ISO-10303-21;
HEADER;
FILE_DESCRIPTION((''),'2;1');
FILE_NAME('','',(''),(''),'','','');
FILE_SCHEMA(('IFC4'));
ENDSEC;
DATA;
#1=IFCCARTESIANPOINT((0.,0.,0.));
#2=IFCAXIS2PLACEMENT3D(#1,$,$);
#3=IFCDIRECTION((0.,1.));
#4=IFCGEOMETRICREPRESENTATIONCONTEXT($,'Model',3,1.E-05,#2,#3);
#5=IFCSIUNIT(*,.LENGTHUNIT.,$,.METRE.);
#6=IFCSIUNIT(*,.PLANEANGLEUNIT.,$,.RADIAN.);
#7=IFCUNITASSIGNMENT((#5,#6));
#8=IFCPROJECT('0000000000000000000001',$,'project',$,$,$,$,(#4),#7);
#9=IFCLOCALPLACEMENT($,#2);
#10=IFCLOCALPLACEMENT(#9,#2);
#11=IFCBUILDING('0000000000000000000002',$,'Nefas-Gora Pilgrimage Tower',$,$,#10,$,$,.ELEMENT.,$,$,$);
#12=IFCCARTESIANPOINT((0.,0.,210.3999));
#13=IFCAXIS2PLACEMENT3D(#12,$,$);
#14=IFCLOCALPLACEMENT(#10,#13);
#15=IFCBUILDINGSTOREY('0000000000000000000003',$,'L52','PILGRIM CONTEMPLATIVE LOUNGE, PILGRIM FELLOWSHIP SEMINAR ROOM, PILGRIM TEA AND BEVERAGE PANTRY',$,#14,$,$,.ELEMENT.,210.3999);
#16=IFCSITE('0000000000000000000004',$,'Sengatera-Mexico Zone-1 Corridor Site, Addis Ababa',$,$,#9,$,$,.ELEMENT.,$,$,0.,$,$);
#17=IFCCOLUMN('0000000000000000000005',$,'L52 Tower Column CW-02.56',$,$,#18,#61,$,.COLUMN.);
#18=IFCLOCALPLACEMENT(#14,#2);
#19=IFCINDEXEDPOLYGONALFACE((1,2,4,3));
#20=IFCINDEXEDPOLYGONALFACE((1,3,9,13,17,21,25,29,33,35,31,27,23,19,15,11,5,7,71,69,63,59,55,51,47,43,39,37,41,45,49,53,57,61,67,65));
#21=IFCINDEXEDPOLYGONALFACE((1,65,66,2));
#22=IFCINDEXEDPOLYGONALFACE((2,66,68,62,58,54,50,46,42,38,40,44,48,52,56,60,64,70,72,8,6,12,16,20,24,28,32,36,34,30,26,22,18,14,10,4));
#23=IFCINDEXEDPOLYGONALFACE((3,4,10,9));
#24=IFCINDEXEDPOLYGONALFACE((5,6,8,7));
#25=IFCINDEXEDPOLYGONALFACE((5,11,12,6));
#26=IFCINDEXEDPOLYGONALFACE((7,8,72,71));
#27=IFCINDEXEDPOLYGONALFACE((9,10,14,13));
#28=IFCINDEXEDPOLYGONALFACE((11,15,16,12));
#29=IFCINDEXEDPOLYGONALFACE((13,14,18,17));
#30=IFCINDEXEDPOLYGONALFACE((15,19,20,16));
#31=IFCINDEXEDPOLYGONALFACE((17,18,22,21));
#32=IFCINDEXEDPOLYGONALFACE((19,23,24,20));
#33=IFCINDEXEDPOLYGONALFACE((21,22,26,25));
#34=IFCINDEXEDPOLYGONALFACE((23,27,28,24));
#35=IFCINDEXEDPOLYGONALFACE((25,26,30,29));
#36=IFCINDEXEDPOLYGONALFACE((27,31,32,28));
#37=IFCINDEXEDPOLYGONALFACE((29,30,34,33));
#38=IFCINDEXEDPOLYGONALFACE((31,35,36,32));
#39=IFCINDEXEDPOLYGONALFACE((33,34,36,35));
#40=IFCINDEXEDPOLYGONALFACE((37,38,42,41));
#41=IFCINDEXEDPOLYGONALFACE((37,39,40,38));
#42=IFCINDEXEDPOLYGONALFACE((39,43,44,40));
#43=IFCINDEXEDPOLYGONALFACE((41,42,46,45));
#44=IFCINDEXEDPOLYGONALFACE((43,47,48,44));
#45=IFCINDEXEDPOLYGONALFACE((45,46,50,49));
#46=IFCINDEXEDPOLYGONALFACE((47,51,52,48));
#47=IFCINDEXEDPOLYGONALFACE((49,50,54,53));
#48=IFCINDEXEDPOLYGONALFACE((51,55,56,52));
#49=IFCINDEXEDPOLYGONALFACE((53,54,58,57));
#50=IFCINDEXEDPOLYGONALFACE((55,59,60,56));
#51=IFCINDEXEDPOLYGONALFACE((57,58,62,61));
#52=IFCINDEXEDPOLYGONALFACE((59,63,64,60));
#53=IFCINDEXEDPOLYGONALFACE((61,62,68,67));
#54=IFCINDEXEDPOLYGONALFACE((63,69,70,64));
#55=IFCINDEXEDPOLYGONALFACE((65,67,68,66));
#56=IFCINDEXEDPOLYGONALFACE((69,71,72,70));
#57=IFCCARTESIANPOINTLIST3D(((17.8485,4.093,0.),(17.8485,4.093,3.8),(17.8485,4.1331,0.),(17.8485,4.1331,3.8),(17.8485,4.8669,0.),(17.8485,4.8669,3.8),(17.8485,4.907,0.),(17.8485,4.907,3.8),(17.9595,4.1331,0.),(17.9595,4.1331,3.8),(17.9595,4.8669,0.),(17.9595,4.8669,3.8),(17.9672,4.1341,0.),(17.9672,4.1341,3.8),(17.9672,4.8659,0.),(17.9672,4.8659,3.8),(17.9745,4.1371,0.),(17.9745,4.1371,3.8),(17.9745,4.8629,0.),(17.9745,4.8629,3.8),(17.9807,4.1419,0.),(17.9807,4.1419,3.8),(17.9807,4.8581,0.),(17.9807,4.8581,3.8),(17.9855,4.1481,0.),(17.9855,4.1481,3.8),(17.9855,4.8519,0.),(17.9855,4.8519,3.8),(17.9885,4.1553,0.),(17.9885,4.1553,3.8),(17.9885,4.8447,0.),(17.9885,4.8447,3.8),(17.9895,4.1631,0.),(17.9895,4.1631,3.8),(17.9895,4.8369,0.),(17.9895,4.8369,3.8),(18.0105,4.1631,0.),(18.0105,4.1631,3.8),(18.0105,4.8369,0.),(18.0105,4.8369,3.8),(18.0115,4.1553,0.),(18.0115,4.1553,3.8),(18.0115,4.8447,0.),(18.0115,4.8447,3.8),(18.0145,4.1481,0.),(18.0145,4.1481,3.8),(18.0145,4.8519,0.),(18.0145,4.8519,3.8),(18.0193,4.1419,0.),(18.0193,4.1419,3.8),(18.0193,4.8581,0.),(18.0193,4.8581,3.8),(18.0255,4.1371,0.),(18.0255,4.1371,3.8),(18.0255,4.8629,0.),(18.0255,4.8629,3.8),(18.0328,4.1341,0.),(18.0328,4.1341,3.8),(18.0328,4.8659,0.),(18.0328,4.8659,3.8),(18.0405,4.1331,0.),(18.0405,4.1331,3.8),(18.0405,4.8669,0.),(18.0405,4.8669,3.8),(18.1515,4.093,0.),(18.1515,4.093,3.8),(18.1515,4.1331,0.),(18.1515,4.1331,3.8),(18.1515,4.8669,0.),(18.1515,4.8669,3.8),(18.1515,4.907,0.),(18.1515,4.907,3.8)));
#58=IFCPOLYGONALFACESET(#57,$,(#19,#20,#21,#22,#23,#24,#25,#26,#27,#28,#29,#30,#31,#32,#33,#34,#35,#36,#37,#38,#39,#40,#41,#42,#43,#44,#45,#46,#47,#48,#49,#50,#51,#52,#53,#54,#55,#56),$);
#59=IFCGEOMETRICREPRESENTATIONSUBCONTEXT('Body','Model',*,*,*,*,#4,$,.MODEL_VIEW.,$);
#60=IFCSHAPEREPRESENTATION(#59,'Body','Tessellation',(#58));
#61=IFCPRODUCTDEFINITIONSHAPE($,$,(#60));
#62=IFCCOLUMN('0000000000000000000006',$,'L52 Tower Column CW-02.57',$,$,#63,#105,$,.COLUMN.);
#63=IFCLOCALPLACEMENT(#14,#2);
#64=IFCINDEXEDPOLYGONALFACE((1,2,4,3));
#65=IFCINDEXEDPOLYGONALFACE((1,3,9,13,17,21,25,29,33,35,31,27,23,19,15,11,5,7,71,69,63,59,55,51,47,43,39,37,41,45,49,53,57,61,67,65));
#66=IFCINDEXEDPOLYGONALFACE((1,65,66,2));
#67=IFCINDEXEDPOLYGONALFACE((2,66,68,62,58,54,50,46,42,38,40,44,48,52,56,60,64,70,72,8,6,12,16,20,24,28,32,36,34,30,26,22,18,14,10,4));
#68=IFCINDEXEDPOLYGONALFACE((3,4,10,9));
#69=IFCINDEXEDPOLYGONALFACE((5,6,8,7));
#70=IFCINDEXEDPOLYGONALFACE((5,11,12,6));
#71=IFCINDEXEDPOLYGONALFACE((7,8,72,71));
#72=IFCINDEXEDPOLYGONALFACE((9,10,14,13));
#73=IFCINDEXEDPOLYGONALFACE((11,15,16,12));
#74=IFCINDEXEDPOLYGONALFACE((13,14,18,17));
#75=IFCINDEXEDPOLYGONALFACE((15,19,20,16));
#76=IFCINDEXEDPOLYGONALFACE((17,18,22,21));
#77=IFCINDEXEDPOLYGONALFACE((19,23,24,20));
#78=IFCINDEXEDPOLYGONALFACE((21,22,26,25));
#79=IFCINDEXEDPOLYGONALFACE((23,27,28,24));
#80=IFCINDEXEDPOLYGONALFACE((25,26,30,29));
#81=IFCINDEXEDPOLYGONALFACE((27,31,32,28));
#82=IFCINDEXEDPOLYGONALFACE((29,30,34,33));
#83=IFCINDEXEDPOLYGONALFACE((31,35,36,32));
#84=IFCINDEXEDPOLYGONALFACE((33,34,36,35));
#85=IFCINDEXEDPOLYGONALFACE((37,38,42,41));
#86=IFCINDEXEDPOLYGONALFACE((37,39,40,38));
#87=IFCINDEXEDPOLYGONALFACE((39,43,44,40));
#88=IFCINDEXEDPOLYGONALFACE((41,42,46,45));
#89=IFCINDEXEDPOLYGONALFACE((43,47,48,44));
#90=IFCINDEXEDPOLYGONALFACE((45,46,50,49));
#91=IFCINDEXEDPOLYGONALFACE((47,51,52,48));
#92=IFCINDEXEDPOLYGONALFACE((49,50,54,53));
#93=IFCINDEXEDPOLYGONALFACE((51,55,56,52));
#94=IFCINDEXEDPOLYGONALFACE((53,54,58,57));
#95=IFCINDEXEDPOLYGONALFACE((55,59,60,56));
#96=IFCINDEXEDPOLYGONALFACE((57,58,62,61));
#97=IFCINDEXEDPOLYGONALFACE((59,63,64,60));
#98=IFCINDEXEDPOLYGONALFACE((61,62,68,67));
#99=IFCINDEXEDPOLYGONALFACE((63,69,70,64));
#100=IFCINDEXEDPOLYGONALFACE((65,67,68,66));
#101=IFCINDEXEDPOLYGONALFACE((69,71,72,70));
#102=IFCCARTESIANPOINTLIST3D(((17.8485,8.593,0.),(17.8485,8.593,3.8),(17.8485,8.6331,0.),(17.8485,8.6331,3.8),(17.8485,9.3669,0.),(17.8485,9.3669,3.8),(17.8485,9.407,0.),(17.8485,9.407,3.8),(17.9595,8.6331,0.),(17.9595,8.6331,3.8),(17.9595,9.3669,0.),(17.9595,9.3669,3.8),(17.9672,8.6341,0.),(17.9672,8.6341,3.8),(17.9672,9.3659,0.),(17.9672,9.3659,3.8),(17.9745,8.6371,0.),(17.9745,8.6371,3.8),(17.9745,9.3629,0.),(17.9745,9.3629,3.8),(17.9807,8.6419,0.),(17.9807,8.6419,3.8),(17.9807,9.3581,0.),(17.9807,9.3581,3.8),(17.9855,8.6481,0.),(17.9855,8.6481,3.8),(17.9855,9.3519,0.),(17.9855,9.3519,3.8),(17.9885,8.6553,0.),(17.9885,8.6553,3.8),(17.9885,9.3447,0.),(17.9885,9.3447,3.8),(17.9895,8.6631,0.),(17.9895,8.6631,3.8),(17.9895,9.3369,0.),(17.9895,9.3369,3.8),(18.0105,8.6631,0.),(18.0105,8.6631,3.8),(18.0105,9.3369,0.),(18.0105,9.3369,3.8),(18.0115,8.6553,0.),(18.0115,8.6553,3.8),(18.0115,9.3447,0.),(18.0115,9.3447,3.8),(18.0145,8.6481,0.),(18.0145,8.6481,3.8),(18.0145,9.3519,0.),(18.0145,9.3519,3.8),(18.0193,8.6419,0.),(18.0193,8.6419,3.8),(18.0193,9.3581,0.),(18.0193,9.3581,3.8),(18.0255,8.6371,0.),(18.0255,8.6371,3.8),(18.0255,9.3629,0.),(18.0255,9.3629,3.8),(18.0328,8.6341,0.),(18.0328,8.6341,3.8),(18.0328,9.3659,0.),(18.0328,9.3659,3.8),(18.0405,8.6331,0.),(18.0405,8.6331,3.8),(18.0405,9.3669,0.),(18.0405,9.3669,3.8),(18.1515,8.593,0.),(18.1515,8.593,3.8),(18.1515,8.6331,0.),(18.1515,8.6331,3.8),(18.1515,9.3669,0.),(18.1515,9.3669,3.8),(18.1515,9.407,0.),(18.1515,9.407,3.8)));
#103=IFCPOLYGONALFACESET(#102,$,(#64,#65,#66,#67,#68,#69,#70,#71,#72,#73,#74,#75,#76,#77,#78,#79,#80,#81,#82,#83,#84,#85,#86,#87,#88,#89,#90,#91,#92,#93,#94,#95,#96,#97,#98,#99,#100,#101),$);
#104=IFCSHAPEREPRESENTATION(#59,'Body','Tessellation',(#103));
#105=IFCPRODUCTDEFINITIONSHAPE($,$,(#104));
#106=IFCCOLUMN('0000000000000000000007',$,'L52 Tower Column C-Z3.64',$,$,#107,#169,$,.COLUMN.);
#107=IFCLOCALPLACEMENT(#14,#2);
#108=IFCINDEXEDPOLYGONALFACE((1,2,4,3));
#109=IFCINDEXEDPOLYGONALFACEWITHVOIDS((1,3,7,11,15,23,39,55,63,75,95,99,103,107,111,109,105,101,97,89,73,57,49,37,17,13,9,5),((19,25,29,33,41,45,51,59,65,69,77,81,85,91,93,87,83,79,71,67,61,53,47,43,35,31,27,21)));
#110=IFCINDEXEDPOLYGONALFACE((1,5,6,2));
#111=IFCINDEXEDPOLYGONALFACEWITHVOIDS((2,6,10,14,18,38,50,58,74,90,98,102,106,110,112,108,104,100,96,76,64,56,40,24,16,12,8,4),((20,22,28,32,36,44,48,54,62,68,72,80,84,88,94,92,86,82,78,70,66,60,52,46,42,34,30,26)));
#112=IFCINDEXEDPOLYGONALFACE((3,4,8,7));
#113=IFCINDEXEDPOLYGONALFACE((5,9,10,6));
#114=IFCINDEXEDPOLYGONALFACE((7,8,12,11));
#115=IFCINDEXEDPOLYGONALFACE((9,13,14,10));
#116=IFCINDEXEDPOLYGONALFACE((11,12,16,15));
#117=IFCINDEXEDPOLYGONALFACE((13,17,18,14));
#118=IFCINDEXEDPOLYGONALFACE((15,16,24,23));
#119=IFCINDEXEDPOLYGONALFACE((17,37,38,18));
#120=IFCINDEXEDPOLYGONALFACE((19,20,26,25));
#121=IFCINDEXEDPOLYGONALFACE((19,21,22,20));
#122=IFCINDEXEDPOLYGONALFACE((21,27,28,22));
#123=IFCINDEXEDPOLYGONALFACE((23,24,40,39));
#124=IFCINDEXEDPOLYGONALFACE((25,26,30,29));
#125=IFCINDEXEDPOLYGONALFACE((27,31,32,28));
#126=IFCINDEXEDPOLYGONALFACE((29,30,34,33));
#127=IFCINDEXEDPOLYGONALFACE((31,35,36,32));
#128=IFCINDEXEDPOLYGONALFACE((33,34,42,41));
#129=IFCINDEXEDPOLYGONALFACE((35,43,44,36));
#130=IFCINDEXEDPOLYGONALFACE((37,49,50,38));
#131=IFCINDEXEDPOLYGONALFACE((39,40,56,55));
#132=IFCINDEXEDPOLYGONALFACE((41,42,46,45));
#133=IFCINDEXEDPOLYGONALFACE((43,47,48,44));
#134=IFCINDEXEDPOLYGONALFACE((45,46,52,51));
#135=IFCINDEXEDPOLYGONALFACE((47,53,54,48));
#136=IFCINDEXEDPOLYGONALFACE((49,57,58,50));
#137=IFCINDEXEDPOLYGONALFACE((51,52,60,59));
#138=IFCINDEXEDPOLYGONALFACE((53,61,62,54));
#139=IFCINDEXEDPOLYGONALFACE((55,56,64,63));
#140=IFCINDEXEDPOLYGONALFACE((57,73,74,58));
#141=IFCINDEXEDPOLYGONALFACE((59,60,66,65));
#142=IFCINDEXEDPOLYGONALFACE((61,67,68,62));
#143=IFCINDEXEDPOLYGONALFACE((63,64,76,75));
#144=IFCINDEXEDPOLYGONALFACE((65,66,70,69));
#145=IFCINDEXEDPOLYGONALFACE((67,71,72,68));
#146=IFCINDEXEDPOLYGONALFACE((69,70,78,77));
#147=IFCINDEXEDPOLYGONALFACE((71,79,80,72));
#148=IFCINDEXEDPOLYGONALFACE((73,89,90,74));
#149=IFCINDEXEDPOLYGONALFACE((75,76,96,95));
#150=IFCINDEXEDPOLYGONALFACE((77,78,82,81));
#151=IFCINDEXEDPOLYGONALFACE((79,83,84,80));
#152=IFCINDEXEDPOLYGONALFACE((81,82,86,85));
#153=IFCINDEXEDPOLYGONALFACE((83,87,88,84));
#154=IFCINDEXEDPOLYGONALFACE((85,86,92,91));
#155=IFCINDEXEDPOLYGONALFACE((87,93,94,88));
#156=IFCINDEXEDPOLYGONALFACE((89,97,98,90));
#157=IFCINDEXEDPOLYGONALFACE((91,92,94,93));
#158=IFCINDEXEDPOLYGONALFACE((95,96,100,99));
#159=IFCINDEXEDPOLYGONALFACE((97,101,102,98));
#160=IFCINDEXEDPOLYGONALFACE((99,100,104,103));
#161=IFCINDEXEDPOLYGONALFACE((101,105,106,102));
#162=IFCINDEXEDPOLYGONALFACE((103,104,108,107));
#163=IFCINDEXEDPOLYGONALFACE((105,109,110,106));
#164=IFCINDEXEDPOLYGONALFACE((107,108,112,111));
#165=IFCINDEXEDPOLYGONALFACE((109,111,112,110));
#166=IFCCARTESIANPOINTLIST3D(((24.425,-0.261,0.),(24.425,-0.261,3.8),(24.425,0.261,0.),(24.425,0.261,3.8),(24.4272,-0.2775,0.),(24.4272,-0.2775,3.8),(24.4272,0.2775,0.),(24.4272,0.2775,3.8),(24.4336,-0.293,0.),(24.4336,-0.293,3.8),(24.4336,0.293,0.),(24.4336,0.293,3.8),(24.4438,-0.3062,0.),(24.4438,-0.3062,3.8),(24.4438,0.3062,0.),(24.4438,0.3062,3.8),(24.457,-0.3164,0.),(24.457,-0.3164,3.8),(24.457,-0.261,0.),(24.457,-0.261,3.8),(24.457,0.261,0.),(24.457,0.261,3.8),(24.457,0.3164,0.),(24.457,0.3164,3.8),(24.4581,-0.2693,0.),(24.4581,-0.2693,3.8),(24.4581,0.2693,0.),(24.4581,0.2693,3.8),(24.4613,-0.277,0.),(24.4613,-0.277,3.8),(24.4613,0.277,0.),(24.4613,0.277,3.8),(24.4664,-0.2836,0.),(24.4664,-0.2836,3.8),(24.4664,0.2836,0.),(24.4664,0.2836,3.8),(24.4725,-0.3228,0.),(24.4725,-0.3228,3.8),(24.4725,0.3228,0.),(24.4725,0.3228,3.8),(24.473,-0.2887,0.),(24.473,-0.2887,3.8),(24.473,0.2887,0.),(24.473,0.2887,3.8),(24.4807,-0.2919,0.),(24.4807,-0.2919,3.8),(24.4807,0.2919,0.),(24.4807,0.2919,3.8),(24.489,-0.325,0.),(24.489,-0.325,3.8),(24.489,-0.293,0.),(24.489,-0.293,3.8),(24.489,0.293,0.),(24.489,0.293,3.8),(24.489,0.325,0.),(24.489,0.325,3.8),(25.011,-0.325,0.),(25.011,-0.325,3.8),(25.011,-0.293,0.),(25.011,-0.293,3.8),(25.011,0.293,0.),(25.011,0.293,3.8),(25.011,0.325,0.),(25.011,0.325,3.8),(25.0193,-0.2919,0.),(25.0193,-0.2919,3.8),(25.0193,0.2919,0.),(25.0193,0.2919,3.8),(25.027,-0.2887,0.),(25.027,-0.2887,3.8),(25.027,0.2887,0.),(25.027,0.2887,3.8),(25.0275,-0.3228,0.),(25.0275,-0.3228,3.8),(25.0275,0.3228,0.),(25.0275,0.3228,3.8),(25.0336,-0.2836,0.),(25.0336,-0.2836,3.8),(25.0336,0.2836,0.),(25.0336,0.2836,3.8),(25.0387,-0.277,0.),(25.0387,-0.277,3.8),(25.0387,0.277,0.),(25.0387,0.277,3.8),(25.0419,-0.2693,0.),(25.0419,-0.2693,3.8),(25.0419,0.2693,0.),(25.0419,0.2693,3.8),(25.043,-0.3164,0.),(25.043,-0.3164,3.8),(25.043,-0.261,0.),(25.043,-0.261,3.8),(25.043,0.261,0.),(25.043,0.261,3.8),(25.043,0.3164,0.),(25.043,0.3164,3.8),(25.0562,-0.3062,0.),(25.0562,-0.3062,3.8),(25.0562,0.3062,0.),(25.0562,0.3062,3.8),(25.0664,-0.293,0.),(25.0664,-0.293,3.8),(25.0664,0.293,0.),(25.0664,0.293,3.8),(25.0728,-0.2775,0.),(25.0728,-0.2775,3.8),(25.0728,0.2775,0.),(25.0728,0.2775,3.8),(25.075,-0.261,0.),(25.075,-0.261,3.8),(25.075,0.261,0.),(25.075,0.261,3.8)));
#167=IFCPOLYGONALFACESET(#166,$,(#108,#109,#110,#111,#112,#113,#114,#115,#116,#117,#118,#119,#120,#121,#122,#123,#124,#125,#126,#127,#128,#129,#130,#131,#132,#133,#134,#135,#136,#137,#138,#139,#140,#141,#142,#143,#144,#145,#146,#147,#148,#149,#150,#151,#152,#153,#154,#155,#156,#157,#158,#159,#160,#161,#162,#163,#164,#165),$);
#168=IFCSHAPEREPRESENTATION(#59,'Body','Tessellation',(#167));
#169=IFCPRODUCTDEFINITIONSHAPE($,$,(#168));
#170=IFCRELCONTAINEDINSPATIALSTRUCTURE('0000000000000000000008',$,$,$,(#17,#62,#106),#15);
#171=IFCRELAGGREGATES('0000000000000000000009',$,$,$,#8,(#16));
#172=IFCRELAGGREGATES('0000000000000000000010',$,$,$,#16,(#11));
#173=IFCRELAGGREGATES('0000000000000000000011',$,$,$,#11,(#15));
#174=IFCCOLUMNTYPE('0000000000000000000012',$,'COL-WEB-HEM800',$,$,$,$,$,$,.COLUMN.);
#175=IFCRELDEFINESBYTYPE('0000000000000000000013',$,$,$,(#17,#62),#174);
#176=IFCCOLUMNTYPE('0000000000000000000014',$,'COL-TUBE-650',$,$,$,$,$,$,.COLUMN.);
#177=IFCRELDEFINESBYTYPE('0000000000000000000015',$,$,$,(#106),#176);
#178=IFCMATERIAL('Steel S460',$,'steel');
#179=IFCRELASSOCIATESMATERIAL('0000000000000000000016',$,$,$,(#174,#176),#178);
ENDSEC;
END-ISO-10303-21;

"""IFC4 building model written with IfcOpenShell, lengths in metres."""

from ifc_helpers import new_model, si_unit, direction, frame, origin, origin_2d, place, context, subcontext, project, spatial, hollow_rectangle, i_section, extrude, source, transform, mapped, material, material_profile, profile_set, type_object, element, save


model = new_model("IFC4")

# Units and contexts
model_context = context("Model", 3, precision=1e-05, world=origin(), true_north=direction((0.0, 1.0)))
body_context = subcontext(model_context, "Body", "Model", "MODEL_VIEW")
ifc_project = project(units=[si_unit("LENGTHUNIT", "METRE"), si_unit("PLANEANGLEUNIT", "RADIAN")], contexts=[model_context])

# Site, building, storey
site_placement = place(None, origin())
site = spatial("IfcSite", under=ifc_project, at=site_placement, Name="Sengatera-Mexico Zone-1 Corridor Site, Addis Ababa", CompositionType="ELEMENT", RefElevation=0.0)
building_placement = place(site_placement, origin())
building = spatial("IfcBuilding", under=site, at=building_placement, Name="Nefas-Gora Pilgrimage Tower", CompositionType="ELEMENT")
storey_placement = place(building_placement, frame((0.0, 0.0, 210.3999)))
storey = spatial("IfcBuildingStorey", under=building, at=storey_placement, Name="L52", Description="PILGRIM CONTEMPLATIVE LOUNGE, PILGRIM FELLOWSHIP SEMINAR ROOM, PILGRIM TEA AND BEVERAGE PANTRY", CompositionType="ELEMENT", Elevation=210.3999)

# Columns
ifc_material_1 = material(Name="Steel S460", Category="steel")
ifc_material_profile_1 = material_profile(ifc_material_1, i_section(OverallWidth=0.303, OverallDepth=0.814, WebThickness=0.021, FlangeThickness=0.04, FilletRadius=0.03, at=origin_2d()), Name="HEM 800")
ifc_profile_set_1 = profile_set([ifc_material_profile_1], Name="Steel S460")
column_type_1 = type_object("IfcColumnType", Name="COL-WEB-HEM800", PredefinedType="COLUMN", material=ifc_profile_set_1)
shared_shape_1 = source(origin(), body_context, "Body", "SweptSolid", [
    extrude(i_section(OverallWidth=0.303, OverallDepth=0.814, WebThickness=0.021, FlangeThickness=0.04, FilletRadius=0.03, at=origin_2d()), origin(), (0.0, 0.0, 1.0), 3.8),
])
for number, where, z_axis, x_axis, name in (
    (1, (18.0, 4.5, 0.0), (0.0, 0.0, 1.0), (1.0, 0.0, 0.0), "L52 Tower Column CW-02.56"),
    (2, (18.0, 9.0, 0.0), (0.0, 0.0, 1.0), (1.0, 0.0, 0.0), "L52 Tower Column CW-02.57"),
):
    element("IfcColumn", number, at=place(storey_placement, frame(where, z_axis=z_axis, x_axis=x_axis)), inside=storey, type_object=column_type_1, Name=name, PredefinedType="COLUMN", context=body_context, shape_type="MappedRepresentation", body=[
        mapped(shared_shape_1, transform((0.0, 0.0, 0.0), x_axis=(1.0, 0.0, 0.0), y_axis=(0.0, 1.0, 0.0), z_axis=(0.0, 0.0, 1.0), scale=1.0)),
    ])
ifc_material_profile_2 = material_profile(ifc_material_1, hollow_rectangle(XDim=0.6499, YDim=0.6499, WallThickness=0.032, InnerFilletRadius=0.032, OuterFilletRadius=0.064, at=origin_2d()), Name="BOX 650x650x32")
ifc_profile_set_2 = profile_set([ifc_material_profile_2], Name="Steel S460")
column_type_2 = type_object("IfcColumnType", Name="COL-TUBE-650", PredefinedType="COLUMN", material=ifc_profile_set_2)
shared_shape_2 = source(origin(), body_context, "Body", "SweptSolid", [
    extrude(hollow_rectangle(XDim=0.6499, YDim=0.6499, WallThickness=0.032, InnerFilletRadius=0.032, OuterFilletRadius=0.064, at=origin_2d()), origin(), (0.0, 0.0, 1.0), 3.8),
])
for number, where, z_axis, x_axis, name in (
    (3, (24.75, 0.0, 0.0), (0.0, 0.0, 1.0), (1.0, 0.0, 0.0), "L52 Tower Column C-Z3.64"),
):
    element("IfcColumn", number, at=place(storey_placement, frame(where, z_axis=z_axis, x_axis=x_axis)), inside=storey, type_object=column_type_2, Name=name, PredefinedType="COLUMN", context=body_context, shape_type="MappedRepresentation", body=[
        mapped(shared_shape_2, transform((0.0, 0.0, 0.0), x_axis=(1.0, 0.0, 0.0), y_axis=(0.0, 1.0, 0.0), z_axis=(0.0, 0.0, 1.0), scale=1.0)),
    ])

save(model, "model.ifc")
